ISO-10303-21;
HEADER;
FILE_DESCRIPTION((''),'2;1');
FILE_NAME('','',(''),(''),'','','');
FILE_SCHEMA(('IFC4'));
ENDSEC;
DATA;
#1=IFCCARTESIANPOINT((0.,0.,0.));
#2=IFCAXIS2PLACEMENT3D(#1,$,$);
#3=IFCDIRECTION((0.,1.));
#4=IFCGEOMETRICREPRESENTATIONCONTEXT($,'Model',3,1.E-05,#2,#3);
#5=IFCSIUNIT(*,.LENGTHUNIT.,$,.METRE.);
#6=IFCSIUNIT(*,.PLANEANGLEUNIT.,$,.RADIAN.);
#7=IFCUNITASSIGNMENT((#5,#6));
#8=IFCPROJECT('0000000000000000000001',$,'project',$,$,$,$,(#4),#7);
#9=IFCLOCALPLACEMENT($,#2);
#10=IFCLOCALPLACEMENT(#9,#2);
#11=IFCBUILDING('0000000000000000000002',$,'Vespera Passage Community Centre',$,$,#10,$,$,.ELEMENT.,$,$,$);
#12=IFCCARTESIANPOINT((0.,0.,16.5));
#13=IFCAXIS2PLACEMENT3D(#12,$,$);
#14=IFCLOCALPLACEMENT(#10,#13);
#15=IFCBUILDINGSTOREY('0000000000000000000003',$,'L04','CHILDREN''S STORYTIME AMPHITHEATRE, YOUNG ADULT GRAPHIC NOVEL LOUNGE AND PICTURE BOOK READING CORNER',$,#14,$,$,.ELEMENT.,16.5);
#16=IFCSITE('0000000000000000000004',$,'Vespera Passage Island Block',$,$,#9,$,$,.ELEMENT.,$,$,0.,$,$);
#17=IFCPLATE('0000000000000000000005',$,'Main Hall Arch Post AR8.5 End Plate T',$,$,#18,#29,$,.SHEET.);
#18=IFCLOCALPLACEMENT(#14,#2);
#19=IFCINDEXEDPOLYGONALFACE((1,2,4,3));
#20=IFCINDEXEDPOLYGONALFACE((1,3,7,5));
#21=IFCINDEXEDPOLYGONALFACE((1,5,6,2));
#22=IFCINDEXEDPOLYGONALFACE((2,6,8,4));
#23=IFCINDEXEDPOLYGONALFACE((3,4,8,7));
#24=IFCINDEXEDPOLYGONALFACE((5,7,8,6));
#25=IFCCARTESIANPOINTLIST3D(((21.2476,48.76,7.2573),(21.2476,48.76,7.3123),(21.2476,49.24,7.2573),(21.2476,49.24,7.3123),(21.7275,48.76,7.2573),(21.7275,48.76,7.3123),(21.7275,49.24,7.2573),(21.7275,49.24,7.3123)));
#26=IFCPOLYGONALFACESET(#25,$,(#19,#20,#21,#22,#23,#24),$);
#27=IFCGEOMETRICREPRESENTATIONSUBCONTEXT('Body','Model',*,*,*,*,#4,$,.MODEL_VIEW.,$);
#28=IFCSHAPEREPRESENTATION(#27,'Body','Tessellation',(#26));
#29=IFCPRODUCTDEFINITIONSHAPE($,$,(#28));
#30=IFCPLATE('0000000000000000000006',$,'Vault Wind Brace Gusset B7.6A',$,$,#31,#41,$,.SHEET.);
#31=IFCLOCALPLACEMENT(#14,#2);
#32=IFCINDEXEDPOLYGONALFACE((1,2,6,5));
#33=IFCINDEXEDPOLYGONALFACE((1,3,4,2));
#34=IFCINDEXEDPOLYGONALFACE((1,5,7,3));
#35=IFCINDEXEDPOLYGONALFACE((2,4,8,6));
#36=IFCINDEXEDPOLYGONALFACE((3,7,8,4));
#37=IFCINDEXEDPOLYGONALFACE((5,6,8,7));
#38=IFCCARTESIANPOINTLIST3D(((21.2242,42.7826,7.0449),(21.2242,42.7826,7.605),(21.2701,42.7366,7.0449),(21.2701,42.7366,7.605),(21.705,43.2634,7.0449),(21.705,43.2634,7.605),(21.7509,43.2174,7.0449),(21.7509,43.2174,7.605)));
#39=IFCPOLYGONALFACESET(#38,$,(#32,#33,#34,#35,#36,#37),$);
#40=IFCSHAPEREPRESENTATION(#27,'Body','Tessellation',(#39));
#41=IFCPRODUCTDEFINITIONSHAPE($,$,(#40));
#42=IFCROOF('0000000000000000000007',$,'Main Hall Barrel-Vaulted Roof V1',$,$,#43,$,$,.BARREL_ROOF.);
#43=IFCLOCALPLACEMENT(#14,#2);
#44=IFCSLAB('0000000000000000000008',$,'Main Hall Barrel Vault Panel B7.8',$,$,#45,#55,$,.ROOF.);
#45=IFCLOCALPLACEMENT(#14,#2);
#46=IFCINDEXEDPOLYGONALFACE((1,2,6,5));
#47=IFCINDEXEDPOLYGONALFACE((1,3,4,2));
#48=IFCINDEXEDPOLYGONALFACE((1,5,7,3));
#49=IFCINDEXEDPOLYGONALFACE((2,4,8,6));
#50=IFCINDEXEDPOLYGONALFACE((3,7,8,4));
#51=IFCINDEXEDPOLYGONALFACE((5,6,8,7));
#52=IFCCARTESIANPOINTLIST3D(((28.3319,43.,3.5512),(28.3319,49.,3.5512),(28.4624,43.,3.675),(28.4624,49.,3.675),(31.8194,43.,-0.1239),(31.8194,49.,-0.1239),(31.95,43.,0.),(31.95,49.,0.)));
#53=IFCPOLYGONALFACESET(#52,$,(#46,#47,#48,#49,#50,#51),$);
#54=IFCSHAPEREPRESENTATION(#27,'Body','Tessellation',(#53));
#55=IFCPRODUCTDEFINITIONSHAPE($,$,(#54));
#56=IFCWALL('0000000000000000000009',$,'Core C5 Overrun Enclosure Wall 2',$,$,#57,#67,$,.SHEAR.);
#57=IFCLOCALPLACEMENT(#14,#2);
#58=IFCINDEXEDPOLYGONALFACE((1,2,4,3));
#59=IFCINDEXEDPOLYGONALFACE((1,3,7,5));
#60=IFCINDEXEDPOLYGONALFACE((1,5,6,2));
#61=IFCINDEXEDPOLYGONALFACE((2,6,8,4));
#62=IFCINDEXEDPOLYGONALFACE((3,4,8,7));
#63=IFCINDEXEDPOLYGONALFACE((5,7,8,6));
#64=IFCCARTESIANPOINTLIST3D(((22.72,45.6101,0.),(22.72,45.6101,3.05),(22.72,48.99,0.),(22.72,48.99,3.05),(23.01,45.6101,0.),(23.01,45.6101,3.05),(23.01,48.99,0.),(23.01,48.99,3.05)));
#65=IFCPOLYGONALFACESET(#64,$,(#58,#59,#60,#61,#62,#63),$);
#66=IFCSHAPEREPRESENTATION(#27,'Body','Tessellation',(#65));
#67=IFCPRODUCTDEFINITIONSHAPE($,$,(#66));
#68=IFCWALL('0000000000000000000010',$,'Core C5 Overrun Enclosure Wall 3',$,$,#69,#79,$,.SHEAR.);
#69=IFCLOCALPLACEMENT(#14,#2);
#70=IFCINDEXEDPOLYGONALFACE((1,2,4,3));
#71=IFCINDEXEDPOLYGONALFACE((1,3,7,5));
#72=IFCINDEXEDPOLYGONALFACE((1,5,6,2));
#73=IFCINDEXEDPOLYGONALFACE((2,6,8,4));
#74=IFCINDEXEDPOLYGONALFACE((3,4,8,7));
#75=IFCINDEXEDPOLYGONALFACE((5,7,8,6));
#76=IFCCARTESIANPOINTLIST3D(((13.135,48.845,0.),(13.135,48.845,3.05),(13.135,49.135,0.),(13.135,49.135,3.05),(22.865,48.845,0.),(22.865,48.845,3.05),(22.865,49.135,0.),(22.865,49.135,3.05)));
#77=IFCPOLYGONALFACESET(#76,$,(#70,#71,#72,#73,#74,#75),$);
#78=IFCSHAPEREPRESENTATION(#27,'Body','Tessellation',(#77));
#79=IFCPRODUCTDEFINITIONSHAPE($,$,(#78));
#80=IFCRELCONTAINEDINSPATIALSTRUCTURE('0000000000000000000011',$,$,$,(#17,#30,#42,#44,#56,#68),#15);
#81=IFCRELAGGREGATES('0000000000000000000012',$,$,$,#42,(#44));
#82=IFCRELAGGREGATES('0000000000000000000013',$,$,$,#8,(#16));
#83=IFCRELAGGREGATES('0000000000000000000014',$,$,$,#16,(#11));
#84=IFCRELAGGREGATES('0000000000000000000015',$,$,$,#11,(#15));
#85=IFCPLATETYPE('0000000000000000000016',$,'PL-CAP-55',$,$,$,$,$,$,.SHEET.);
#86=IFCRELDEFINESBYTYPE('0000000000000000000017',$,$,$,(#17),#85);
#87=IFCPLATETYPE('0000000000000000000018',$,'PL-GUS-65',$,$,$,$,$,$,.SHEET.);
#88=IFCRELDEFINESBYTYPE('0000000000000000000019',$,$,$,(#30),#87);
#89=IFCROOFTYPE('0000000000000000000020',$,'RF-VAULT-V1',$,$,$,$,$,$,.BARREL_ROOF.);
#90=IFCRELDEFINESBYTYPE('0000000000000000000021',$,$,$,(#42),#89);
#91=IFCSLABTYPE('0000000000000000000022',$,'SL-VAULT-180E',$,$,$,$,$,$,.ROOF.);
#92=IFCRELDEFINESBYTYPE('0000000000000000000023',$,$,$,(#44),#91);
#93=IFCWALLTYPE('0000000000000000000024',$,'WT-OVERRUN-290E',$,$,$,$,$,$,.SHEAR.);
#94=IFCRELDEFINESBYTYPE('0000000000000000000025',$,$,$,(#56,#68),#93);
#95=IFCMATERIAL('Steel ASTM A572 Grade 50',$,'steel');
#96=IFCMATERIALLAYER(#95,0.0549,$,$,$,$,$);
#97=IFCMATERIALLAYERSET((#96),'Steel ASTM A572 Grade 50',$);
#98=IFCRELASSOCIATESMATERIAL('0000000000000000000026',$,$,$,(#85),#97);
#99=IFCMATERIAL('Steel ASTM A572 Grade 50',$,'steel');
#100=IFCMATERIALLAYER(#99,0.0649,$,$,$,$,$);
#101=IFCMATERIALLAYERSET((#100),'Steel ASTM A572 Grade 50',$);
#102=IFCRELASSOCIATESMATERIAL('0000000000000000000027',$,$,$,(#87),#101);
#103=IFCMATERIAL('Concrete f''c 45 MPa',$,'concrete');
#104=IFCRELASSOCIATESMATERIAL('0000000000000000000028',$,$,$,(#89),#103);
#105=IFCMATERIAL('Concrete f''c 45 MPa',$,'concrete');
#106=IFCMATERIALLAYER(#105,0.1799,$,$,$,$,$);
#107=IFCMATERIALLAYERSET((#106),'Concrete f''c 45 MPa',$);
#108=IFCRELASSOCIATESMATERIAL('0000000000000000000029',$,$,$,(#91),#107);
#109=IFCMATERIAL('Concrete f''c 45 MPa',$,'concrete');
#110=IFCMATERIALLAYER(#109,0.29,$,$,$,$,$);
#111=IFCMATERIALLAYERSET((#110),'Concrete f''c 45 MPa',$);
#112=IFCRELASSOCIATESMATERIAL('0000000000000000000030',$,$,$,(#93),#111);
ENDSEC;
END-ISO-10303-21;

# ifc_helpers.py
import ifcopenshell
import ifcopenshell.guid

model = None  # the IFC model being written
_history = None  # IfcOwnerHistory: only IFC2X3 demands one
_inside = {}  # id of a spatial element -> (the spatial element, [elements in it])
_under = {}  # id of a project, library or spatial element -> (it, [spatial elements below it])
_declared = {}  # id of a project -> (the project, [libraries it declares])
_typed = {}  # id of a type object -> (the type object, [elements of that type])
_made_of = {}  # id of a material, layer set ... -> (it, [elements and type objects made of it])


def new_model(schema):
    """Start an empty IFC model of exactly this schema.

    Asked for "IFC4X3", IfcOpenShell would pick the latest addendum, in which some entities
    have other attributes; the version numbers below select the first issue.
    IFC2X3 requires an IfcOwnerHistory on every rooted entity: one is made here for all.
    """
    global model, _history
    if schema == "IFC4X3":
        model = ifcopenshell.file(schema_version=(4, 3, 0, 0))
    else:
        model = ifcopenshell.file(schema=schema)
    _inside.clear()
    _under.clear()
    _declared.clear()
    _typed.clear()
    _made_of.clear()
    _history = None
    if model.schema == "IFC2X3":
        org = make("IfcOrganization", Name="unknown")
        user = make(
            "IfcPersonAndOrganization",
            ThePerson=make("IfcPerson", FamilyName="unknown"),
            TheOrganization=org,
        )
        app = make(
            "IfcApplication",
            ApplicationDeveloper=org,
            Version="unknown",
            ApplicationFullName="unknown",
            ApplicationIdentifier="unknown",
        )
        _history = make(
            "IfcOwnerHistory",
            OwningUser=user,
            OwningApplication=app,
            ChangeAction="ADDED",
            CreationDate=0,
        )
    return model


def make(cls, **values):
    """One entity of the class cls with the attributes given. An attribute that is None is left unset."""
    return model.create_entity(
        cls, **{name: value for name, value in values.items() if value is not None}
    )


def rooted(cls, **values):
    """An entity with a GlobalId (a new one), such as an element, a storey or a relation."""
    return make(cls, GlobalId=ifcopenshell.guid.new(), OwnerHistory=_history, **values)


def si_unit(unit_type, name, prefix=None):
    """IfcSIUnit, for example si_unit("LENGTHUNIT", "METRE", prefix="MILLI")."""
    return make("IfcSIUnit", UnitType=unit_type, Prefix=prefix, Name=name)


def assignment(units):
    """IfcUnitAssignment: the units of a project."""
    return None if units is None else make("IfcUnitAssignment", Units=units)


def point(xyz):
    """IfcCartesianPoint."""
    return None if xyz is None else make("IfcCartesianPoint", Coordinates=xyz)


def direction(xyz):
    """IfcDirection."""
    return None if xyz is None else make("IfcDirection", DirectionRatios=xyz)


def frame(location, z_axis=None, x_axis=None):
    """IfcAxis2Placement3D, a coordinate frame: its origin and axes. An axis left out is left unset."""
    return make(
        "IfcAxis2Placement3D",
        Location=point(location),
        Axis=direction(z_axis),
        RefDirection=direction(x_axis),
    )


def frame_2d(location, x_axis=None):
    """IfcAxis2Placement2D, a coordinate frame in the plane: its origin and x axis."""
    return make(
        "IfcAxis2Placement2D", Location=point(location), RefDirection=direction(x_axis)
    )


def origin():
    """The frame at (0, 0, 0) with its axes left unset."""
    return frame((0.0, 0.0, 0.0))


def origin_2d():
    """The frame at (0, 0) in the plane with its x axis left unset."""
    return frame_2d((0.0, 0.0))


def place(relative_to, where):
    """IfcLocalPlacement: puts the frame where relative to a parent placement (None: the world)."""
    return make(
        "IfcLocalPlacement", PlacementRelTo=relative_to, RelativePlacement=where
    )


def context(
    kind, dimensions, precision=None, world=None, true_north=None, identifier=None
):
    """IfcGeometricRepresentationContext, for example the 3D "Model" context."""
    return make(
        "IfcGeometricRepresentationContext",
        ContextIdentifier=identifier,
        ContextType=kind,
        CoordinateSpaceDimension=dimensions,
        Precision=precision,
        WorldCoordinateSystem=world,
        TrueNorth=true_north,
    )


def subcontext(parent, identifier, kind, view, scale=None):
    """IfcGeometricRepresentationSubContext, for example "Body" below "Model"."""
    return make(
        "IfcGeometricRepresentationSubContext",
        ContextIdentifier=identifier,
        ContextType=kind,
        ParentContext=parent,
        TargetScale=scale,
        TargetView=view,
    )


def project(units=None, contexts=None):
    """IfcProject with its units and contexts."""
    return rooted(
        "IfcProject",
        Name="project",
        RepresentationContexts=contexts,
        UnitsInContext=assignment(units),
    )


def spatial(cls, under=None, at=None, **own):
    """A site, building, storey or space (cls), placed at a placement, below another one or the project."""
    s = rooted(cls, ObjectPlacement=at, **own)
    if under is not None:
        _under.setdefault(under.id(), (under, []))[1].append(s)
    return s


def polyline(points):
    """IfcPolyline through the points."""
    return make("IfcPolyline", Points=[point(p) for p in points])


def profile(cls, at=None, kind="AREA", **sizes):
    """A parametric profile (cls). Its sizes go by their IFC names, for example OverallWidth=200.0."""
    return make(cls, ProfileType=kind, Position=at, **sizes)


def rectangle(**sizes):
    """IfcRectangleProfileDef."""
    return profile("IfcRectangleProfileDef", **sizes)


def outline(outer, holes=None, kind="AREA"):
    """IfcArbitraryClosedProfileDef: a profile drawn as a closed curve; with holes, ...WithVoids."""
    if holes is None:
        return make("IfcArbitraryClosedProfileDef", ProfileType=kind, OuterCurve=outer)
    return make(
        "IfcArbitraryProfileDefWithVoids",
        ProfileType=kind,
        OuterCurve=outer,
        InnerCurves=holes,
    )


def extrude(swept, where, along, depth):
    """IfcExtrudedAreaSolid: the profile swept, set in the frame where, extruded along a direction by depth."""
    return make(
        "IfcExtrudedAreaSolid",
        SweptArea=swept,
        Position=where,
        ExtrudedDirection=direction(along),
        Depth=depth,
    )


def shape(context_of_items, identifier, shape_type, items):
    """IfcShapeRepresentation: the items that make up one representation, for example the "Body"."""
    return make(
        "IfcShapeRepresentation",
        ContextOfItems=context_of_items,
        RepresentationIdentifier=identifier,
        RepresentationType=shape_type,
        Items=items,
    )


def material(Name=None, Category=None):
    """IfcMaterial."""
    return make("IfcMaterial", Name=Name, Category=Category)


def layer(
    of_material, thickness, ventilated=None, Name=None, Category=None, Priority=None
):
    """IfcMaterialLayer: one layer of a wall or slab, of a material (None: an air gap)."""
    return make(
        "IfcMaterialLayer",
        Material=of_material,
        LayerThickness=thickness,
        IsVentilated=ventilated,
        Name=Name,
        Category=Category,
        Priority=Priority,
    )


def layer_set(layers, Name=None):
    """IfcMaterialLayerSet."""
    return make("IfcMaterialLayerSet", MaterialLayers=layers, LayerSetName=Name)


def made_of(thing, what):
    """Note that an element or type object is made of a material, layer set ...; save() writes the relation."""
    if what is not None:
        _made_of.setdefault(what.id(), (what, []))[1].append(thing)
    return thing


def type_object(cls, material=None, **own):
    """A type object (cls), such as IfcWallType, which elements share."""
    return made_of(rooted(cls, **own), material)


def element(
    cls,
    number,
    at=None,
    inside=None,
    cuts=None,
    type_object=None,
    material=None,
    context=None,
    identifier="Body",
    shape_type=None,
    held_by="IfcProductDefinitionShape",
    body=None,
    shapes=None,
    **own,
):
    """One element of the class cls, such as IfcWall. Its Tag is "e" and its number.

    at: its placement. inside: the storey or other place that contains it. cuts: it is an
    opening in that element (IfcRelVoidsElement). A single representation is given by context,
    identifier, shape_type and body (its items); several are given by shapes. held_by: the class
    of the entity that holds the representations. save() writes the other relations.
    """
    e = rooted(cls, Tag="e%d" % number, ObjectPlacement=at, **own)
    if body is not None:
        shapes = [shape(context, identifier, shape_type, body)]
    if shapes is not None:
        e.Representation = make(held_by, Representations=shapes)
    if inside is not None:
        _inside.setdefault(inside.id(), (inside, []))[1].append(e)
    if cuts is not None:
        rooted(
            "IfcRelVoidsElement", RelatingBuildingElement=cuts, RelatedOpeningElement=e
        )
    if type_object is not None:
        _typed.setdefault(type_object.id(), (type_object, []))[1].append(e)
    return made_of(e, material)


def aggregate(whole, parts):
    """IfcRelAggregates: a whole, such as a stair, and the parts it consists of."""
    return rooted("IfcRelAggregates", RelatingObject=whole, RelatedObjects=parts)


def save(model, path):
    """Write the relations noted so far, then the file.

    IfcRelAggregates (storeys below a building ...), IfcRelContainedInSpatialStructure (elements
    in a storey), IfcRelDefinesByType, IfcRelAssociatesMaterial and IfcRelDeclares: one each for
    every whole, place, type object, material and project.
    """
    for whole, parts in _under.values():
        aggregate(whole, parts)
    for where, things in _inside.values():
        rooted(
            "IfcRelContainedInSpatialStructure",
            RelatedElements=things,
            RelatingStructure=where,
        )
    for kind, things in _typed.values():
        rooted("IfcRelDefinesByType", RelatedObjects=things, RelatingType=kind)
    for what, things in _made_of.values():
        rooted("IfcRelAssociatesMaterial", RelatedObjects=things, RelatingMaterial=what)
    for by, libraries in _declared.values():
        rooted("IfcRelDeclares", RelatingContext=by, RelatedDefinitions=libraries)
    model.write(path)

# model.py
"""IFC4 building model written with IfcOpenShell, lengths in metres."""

from ifc_helpers import new_model, si_unit, direction, frame, frame_2d, origin, origin_2d, place, context, subcontext, project, spatial, polyline, rectangle, outline, extrude, material, layer, layer_set, type_object, element, aggregate, save


model = new_model("IFC4")

# Units and contexts
model_context = context("Model", 3, precision=1e-05, world=origin(), true_north=direction((0.0, 1.0)))
body_context = subcontext(model_context, "Body", "Model", "MODEL_VIEW")
ifc_project = project(units=[si_unit("LENGTHUNIT", "METRE"), si_unit("PLANEANGLEUNIT", "RADIAN")], contexts=[model_context])

# Site, building, storey
site_placement = place(None, origin())
site = spatial("IfcSite", under=ifc_project, at=site_placement, Name="Vespera Passage Island Block", CompositionType="ELEMENT", RefElevation=0.0)
building_placement = place(site_placement, origin())
building = spatial("IfcBuilding", under=site, at=building_placement, Name="Vespera Passage Community Centre", CompositionType="ELEMENT")
storey_placement = place(building_placement, frame((0.0, 0.0, 16.5)))
storey = spatial("IfcBuildingStorey", under=building, at=storey_placement, Name="L04", Description="CHILDREN'S STORYTIME AMPHITHEATRE, YOUNG ADULT GRAPHIC NOVEL LOUNGE AND PICTURE BOOK READING CORNER", CompositionType="ELEMENT", Elevation=16.5)

# Plates
ifc_material_1 = material(Name="Steel ASTM A572 Grade 50", Category="steel")
ifc_layer_1 = layer(ifc_material_1, 0.0549)
ifc_layer_set_1 = layer_set([ifc_layer_1], Name="Steel ASTM A572 Grade 50")
plate_type_1 = type_object("IfcPlateType", Name="PL-CAP-55", PredefinedType="SHEET", material=ifc_layer_set_1)
for number, where, z_axis, x_axis, name in (
    (1, (21.4875, 49.0, 7.2573), (0.0, 0.0, 1.0), (1.0, 0.0, 0.0), "Main Hall Arch Post AR8.5 End Plate T"),
):
    element("IfcPlate", number, at=place(storey_placement, frame(where, z_axis=z_axis, x_axis=x_axis)), inside=storey, type_object=plate_type_1, Name=name, PredefinedType="SHEET", context=body_context, shape_type="SweptSolid", body=[
        extrude(rectangle(XDim=0.48, YDim=0.48, at=origin_2d()), origin(), (0.0, 0.0, 1.0), 0.0549),
    ])
ifc_material_2 = material(Name="Steel ASTM A572 Grade 50", Category="steel")
ifc_layer_2 = layer(ifc_material_2, 0.0649)
ifc_layer_set_2 = layer_set([ifc_layer_2], Name="Steel ASTM A572 Grade 50")
plate_type_2 = type_object("IfcPlateType", Name="PL-GUS-65", PredefinedType="SHEET", material=ifc_layer_set_2)
plate_placement = place(storey_placement, frame((21.4875, 43.0, 7.0449), z_axis=(0.0, 0.0, 1.0), x_axis=(0.707107, 0.707107, 0.0)))
element("IfcPlate", 2, at=plate_placement, inside=storey, type_object=plate_type_2, Name="Vault Wind Brace Gusset B7.6A", PredefinedType="SHEET", context=body_context, shape_type="SweptSolid", body=[
    extrude(rectangle(XDim=0.6799, YDim=0.0649, at=origin_2d()), origin(), (0.0, 0.0, 1.0), 0.5601),
])

# Roof, slab
ifc_material_3 = material(Name="Concrete f'c 45 MPa", Category="concrete")
roof_type = type_object("IfcRoofType", Name="RF-VAULT-V1", PredefinedType="BARREL_ROOF", material=ifc_material_3)
roof_placement = place(storey_placement, origin())
roof = element("IfcRoof", 3, at=roof_placement, inside=storey, type_object=roof_type, Name="Main Hall Barrel-Vaulted Roof V1", PredefinedType="BARREL_ROOF")
ifc_material_4 = material(Name="Concrete f'c 45 MPa", Category="concrete")
ifc_layer_3 = layer(ifc_material_4, 0.1799)
ifc_layer_set_3 = layer_set([ifc_layer_3], Name="Concrete f'c 45 MPa")
slab_type = type_object("IfcSlabType", Name="SL-VAULT-180E", PredefinedType="ROOF", material=ifc_layer_set_3)
slab_placement = place(storey_placement, frame((28.4624, 43.0, 3.675), z_axis=(0.725369, 0.0, 0.688361), x_axis=(0.688361, 0.0, -0.725369)))
slab = element("IfcSlab", 4, at=slab_placement, inside=storey, type_object=slab_type, Name="Main Hall Barrel Vault Panel B7.8", PredefinedType="ROOF", context=body_context, shape_type="SweptSolid", body=[
    extrude(outline(polyline([(0.0, 0.0), (5.0665, 0.0), (5.0665, 6.0), (0.0, 6.0), (0.0, 0.0)])), origin(), (0.0, 0.0, -1.0), 0.1799),
])
aggregate(roof, [slab])

# Walls
ifc_material_5 = material(Name="Concrete f'c 45 MPa", Category="concrete")
ifc_layer_4 = layer(ifc_material_5, 0.29)
ifc_layer_set_4 = layer_set([ifc_layer_4], Name="Concrete f'c 45 MPa")
wall_type = type_object("IfcWallType", Name="WT-OVERRUN-290E", PredefinedType="SHEAR", material=ifc_layer_set_4)
wall_1_placement = place(storey_placement, frame((22.865, 45.6101, 0.0), z_axis=(0.0, 0.0, 1.0), x_axis=(0.0, 1.0, 0.0)))
element("IfcWall", 5, at=wall_1_placement, inside=storey, type_object=wall_type, Name="Core C5 Overrun Enclosure Wall 2", PredefinedType="SHEAR", context=body_context, shape_type="SweptSolid", body=[
    extrude(rectangle(XDim=3.3799, YDim=0.29, at=frame_2d((1.6899, 0.0))), origin(), (0.0, 0.0, 1.0), 3.05),
])
wall_2_placement = place(storey_placement, frame((22.865, 48.99, 0.0), z_axis=(0.0, 0.0, 1.0), x_axis=(-1.0, 0.0, 0.0)))
element("IfcWall", 6, at=wall_2_placement, inside=storey, type_object=wall_type, Name="Core C5 Overrun Enclosure Wall 3", PredefinedType="SHEAR", context=body_context, shape_type="SweptSolid", body=[
    extrude(rectangle(XDim=9.73, YDim=0.29, at=frame_2d((4.865, 0.0))), origin(), (0.0, 0.0, 1.0), 3.05),
])

save(model, "model.ifc")
